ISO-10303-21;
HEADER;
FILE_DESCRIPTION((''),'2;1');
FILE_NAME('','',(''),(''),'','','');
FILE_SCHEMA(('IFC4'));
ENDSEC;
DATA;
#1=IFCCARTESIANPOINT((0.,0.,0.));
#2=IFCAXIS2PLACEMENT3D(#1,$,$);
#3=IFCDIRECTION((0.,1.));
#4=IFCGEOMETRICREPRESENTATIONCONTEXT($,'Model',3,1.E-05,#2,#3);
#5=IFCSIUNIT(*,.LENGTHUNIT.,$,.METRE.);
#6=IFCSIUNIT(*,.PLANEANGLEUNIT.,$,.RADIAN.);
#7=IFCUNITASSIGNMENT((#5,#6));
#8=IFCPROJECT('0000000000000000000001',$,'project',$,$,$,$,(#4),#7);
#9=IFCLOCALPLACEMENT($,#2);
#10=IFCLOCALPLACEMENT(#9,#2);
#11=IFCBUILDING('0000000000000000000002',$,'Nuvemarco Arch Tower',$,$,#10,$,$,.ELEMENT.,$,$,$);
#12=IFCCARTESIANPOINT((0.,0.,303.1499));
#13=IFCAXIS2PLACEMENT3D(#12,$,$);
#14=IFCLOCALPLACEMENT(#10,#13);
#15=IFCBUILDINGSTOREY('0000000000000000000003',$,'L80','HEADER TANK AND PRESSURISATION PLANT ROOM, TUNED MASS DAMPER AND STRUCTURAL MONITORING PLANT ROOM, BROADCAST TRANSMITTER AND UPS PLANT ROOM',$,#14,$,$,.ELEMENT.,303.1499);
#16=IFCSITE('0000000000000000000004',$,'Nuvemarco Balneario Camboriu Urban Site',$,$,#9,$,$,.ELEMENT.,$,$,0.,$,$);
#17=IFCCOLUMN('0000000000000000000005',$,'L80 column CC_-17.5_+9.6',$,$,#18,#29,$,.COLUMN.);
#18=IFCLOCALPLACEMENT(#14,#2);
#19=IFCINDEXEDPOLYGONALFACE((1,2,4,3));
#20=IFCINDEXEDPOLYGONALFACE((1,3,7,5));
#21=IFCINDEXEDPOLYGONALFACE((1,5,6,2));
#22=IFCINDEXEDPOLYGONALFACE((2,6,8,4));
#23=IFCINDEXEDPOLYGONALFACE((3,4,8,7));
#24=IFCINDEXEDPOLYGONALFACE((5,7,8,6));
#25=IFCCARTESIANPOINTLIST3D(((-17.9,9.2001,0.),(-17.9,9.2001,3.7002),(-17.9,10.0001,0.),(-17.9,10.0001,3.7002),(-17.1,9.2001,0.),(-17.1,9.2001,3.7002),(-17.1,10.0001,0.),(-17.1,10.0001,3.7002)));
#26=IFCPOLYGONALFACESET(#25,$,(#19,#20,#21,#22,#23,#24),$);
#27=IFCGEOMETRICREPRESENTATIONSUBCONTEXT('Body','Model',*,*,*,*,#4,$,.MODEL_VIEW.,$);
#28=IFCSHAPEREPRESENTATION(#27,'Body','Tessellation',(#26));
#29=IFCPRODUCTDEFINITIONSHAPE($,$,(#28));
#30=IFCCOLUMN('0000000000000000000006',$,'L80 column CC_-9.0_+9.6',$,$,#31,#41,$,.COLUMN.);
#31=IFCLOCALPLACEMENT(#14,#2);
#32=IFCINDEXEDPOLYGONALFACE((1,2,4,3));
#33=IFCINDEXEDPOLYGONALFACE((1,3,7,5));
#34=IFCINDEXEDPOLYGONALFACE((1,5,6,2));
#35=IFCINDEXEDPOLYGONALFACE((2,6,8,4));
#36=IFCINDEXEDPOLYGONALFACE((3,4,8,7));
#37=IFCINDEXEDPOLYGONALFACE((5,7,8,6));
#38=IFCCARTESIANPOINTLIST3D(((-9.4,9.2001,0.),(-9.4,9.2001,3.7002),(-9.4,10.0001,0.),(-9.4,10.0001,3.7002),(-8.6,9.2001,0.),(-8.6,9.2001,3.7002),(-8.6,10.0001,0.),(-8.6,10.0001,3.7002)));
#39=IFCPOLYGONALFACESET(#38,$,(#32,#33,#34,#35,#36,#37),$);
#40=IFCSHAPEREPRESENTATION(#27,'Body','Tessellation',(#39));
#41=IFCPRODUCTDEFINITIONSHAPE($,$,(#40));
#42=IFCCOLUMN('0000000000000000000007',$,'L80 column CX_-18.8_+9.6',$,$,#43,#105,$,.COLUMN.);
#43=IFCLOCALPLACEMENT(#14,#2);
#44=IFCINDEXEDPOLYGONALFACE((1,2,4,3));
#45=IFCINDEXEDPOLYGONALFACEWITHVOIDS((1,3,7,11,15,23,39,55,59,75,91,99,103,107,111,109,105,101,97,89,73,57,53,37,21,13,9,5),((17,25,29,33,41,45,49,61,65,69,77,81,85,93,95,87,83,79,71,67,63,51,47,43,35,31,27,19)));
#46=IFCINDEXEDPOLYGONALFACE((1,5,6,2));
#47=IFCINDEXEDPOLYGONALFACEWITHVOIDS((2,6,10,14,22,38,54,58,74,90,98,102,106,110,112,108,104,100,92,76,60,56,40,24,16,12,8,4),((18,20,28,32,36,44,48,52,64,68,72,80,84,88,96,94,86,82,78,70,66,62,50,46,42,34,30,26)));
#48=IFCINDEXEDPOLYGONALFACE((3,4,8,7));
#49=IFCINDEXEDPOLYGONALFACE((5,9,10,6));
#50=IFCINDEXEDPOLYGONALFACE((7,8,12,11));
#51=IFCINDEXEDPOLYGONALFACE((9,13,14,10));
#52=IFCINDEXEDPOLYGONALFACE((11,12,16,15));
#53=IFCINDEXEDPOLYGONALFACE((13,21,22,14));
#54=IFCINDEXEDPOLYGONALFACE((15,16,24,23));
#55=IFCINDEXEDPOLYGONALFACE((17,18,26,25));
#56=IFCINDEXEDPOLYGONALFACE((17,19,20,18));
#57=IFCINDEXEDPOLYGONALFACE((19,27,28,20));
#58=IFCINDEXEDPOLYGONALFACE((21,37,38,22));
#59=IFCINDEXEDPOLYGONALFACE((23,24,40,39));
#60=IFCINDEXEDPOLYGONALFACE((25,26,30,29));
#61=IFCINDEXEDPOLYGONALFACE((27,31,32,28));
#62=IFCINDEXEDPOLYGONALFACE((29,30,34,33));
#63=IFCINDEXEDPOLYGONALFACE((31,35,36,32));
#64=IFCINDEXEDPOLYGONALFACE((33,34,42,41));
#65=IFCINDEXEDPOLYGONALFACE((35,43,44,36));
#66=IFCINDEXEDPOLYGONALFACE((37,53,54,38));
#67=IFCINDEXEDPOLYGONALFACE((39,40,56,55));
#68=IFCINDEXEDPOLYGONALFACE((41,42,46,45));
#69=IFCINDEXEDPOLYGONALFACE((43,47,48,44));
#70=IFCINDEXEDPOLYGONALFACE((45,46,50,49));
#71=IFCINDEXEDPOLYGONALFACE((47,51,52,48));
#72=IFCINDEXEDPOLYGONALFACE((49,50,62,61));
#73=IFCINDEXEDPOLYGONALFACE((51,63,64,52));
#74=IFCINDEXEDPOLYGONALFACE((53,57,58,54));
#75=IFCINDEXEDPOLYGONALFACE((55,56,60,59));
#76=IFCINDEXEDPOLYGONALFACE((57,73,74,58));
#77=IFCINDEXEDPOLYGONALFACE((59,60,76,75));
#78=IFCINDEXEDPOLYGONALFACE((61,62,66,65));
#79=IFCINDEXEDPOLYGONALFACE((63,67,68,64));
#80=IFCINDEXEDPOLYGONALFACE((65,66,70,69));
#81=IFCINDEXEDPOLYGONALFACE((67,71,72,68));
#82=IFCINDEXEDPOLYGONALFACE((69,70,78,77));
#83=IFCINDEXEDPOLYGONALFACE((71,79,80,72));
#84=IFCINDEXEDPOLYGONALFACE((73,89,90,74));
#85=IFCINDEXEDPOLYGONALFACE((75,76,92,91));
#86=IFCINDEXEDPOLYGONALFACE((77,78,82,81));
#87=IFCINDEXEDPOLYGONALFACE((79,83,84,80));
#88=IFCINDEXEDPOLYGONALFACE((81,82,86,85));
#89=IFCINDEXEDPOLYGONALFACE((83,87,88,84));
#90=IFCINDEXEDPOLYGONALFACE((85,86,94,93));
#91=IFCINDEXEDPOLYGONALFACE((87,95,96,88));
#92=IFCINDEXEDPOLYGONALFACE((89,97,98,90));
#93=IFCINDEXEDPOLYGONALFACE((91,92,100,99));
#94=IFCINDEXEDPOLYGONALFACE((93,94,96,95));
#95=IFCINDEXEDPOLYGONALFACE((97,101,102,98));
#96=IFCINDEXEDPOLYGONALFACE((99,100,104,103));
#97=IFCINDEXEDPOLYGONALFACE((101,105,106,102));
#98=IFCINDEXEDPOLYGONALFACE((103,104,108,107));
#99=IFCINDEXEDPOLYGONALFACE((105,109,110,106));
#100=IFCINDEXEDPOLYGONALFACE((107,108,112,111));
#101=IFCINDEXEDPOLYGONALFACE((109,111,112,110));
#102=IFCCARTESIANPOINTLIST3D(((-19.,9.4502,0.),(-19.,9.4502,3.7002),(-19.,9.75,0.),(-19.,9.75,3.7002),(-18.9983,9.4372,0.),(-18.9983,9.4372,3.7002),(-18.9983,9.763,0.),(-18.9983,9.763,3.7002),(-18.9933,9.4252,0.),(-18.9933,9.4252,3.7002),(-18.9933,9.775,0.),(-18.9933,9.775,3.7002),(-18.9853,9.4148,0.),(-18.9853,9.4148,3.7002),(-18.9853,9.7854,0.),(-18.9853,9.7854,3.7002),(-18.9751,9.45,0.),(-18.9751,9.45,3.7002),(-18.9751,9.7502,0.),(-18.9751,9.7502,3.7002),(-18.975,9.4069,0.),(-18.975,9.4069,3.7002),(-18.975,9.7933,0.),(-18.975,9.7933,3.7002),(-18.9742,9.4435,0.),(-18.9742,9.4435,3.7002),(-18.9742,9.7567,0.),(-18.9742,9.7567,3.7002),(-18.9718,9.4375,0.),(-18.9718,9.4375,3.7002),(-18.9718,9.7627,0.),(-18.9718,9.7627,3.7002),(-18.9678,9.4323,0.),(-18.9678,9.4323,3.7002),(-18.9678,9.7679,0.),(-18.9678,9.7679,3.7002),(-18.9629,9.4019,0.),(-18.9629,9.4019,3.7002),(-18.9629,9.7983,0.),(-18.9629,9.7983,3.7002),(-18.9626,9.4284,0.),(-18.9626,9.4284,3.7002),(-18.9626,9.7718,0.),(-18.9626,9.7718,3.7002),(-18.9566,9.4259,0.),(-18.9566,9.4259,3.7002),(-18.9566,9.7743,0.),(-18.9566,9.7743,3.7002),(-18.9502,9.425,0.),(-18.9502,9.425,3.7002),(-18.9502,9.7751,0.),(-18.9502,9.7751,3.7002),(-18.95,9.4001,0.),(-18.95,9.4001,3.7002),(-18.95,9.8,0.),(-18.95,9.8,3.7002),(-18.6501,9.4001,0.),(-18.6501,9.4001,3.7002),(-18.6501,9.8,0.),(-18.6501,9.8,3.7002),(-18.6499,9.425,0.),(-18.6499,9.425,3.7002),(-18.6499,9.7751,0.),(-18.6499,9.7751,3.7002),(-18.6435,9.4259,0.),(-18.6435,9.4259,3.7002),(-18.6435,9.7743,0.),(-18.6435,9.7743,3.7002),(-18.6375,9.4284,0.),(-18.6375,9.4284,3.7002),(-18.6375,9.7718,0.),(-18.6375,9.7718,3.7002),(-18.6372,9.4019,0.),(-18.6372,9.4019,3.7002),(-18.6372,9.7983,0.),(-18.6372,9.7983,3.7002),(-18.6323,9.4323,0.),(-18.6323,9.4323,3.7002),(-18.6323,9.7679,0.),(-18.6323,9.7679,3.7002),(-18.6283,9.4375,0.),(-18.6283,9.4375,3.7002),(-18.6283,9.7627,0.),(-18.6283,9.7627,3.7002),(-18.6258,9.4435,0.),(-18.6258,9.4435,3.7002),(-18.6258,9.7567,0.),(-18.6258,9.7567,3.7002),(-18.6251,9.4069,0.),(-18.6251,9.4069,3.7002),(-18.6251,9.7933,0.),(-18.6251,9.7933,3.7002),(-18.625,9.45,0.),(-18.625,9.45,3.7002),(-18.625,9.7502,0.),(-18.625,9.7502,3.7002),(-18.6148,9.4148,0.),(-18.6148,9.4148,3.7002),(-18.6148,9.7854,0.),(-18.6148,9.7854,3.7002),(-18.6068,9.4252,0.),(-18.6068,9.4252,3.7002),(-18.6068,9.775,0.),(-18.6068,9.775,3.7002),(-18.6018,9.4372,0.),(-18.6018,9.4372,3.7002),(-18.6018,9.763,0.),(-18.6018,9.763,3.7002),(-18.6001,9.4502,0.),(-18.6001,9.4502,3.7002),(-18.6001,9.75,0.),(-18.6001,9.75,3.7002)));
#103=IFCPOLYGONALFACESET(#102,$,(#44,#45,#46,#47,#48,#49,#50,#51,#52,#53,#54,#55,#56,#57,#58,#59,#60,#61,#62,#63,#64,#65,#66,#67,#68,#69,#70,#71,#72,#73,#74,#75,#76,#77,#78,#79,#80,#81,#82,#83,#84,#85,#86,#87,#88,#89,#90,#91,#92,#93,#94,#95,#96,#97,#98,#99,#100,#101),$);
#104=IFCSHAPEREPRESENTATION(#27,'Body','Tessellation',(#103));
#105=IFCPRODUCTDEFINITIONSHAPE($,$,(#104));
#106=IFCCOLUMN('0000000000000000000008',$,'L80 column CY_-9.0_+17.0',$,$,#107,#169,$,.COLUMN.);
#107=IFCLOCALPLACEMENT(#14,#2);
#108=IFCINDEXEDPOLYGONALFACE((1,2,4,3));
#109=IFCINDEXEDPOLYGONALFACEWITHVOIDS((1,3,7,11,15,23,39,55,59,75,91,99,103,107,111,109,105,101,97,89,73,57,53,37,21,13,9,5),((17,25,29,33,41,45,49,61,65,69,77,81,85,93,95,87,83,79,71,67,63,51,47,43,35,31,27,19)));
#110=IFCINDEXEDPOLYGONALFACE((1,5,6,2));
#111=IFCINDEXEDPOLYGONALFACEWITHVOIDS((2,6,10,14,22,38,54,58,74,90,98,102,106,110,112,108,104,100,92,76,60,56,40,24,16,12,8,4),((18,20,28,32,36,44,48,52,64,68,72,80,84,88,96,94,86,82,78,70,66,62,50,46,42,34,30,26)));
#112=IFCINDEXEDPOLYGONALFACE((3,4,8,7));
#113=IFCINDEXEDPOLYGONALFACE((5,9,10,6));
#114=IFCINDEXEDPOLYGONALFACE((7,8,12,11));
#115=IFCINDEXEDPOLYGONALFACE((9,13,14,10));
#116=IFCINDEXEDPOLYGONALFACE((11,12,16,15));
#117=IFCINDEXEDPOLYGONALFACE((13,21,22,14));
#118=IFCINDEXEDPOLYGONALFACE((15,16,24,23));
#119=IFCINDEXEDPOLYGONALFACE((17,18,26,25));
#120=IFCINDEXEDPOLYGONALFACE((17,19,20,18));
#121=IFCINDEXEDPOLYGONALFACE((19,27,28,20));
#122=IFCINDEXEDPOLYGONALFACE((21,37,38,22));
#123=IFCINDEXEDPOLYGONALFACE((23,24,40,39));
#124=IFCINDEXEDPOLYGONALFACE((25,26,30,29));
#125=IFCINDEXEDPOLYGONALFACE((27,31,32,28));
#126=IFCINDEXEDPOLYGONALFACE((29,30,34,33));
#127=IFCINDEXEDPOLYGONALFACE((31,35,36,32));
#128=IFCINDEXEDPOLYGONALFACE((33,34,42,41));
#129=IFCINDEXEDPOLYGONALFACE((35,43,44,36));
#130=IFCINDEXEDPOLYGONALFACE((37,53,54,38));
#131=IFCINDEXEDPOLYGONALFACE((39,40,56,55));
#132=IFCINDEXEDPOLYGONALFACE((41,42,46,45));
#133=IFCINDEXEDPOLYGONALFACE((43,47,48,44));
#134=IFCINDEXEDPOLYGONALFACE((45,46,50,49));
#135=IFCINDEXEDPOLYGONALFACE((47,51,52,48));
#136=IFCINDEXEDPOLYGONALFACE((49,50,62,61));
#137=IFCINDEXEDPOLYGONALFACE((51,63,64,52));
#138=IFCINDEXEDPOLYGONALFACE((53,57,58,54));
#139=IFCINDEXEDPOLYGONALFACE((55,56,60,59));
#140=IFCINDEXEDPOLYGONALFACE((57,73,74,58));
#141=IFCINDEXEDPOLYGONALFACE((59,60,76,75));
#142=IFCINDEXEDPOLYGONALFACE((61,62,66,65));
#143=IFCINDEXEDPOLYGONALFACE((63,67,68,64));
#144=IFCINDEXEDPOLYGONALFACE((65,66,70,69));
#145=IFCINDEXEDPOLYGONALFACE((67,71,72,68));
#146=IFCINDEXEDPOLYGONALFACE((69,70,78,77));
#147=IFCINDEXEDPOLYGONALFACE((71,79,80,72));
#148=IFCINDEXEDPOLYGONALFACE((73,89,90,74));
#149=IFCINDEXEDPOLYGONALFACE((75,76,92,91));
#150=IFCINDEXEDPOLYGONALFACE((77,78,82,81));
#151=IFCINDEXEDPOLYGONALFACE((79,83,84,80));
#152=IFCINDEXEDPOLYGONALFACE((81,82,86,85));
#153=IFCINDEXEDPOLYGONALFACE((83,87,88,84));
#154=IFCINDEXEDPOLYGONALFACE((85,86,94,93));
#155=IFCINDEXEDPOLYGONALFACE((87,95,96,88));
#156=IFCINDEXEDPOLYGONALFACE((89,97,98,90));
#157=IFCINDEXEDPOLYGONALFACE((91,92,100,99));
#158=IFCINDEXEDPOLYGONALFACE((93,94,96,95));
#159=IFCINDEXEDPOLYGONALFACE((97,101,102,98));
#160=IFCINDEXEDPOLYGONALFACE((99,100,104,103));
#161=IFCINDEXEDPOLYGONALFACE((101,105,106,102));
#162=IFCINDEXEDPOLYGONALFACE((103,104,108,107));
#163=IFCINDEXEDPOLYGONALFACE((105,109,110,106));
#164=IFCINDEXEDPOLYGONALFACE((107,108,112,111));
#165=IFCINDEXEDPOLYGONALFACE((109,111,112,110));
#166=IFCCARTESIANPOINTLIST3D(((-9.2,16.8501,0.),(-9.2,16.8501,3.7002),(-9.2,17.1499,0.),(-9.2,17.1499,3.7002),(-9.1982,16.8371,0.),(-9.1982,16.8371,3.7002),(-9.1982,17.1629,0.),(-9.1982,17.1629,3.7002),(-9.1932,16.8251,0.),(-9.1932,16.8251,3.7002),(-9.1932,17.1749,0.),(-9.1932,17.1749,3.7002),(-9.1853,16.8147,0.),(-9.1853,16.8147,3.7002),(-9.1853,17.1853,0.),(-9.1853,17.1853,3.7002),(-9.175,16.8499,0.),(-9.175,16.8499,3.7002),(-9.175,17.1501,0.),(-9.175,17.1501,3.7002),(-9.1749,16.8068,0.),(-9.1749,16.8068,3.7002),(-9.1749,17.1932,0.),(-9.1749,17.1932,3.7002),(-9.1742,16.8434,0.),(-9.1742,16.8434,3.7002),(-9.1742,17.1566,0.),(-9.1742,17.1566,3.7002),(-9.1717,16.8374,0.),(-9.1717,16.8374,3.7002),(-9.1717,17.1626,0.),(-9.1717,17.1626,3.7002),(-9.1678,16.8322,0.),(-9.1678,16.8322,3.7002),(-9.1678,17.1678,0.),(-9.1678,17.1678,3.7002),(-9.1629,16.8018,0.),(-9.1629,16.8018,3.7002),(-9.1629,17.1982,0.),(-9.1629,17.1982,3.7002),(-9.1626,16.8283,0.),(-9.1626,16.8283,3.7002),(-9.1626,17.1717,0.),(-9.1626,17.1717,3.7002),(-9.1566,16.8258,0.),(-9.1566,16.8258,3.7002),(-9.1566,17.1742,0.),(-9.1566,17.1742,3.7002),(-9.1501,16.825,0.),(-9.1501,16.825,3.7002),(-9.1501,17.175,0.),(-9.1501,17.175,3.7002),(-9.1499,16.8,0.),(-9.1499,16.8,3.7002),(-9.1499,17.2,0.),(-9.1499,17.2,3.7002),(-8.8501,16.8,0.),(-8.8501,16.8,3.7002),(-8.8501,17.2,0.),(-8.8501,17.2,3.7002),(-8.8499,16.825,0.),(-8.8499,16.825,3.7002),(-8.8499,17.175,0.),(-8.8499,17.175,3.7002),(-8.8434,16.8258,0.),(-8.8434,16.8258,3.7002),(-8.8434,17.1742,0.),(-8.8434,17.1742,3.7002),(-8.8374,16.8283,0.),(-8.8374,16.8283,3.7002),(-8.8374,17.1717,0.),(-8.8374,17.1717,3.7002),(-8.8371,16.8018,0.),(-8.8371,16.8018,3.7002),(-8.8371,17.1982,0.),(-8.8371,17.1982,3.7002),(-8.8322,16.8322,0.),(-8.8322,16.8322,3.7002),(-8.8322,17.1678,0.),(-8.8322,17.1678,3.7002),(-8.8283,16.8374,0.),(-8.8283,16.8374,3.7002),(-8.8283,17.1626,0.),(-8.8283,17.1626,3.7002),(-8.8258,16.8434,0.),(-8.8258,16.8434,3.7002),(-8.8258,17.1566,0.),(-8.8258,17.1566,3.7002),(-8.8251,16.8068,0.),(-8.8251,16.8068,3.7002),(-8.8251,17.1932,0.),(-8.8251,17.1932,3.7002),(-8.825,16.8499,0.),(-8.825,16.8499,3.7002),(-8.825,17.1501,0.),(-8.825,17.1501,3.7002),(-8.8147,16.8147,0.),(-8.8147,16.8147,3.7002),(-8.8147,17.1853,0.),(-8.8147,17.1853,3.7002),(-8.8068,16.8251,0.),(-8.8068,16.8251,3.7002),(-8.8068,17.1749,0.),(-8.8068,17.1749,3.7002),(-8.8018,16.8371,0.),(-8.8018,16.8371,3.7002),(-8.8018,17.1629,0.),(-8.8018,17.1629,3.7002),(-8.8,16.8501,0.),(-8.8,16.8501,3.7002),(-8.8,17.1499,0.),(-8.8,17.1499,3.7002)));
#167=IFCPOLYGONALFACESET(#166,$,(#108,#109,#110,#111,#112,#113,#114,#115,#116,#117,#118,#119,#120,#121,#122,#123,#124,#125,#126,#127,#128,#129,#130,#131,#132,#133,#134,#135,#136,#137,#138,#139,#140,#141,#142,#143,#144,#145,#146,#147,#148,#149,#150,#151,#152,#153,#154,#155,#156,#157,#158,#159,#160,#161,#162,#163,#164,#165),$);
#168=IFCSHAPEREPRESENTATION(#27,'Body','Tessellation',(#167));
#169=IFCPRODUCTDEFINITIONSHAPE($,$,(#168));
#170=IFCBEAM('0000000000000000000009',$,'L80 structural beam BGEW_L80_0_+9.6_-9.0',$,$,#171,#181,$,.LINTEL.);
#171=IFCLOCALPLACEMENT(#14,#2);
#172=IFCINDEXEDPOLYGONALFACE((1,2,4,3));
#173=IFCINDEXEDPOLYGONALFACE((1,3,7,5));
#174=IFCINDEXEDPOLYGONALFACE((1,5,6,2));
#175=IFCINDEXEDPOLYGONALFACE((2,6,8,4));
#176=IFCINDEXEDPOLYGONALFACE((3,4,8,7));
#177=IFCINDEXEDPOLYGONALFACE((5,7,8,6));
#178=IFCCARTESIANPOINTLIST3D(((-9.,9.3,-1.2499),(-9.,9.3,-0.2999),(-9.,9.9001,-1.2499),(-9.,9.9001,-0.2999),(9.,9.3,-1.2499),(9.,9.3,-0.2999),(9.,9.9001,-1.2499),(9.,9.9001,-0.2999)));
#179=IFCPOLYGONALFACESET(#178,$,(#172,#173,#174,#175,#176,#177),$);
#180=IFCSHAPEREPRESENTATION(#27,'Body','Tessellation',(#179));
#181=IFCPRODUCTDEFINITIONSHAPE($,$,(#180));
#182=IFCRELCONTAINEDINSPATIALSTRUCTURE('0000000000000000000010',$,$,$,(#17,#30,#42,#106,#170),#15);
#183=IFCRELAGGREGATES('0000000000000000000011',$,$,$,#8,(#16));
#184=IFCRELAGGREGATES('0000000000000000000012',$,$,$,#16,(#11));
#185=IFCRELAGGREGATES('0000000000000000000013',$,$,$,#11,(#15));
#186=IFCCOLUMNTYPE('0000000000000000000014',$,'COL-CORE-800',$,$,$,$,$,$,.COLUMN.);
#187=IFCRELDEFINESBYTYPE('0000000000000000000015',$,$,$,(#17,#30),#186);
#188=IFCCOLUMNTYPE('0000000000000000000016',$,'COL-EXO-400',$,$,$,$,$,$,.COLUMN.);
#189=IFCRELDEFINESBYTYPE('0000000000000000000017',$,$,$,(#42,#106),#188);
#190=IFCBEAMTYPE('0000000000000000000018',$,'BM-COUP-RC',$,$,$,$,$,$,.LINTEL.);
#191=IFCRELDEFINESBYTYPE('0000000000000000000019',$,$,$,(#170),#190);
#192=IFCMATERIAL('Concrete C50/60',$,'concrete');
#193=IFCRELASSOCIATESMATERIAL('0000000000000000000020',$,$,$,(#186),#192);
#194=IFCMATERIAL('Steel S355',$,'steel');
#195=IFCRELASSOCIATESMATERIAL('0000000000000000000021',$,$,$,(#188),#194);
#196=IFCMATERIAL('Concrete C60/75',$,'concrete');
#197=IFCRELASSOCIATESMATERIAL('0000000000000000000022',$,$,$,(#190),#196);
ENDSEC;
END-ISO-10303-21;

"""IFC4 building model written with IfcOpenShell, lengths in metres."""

from ifc_helpers import new_model, si_unit, direction, frame, origin, origin_2d, place, context, subcontext, project, spatial, rectangle, hollow_rectangle, extrude, material, material_profile, profile_set, type_object, element, save


model = new_model("IFC4")

# Units and contexts
model_context = context("Model", 3, precision=1e-05, world=origin(), true_north=direction((0.0, 1.0)))
body_context = subcontext(model_context, "Body", "Model", "MODEL_VIEW")
ifc_project = project(units=[si_unit("LENGTHUNIT", "METRE"), si_unit("PLANEANGLEUNIT", "RADIAN")], contexts=[model_context])

# Site, building, storey
site_placement = place(None, origin())
site = spatial("IfcSite", under=ifc_project, at=site_placement, Name="Nuvemarco Balneario Camboriu Urban Site", CompositionType="ELEMENT", RefElevation=0.0)
building_placement = place(site_placement, origin())
building = spatial("IfcBuilding", under=site, at=building_placement, Name="Nuvemarco Arch Tower", CompositionType="ELEMENT")
storey_placement = place(building_placement, frame((0.0, 0.0, 303.1499)))
storey = spatial("IfcBuildingStorey", under=building, at=storey_placement, Name="L80", Description="HEADER TANK AND PRESSURISATION PLANT ROOM, TUNED MASS DAMPER AND STRUCTURAL MONITORING PLANT ROOM, BROADCAST TRANSMITTER AND UPS PLANT ROOM", CompositionType="ELEMENT", Elevation=303.1499)

# Columns
ifc_material_1 = material(Name="Concrete C50/60", Category="concrete")
ifc_material_profile_1 = material_profile(ifc_material_1, rectangle(XDim=0.8, YDim=0.8, at=origin_2d()), Name="RC-COL-800x800")
ifc_profile_set_1 = profile_set([ifc_material_profile_1], Name="Concrete C50/60")
column_type_1 = type_object("IfcColumnType", Name="COL-CORE-800", PredefinedType="COLUMN", material=ifc_profile_set_1)
for number, where, z_axis, x_axis, name in (
    (1, (-17.5, 9.6001, 0.0), (0.0, 0.0, 1.0), (1.0, 0.0, 0.0), "L80 column CC_-17.5_+9.6"),
    (2, (-9.0, 9.6001, 0.0), (0.0, 0.0, 1.0), (1.0, 0.0, 0.0), "L80 column CC_-9.0_+9.6"),
):
    element("IfcColumn", number, at=place(storey_placement, frame(where, z_axis=z_axis, x_axis=x_axis)), inside=storey, type_object=column_type_1, Name=name, PredefinedType="COLUMN", context=body_context, shape_type="SweptSolid", body=[
        extrude(rectangle(XDim=0.8, YDim=0.8, at=origin_2d()), origin(), (0.0, 0.0, 1.0), 3.7002),
    ])
ifc_material_2 = material(Name="Steel S355", Category="steel")
ifc_material_profile_2 = material_profile(ifc_material_2, hollow_rectangle(XDim=0.3999, YDim=0.3999, WallThickness=0.0249, InnerFilletRadius=0.0249, OuterFilletRadius=0.05, at=origin_2d()), Name="SHS400x400x25")
ifc_profile_set_2 = profile_set([ifc_material_profile_2], Name="Steel S355")
column_type_2 = type_object("IfcColumnType", Name="COL-EXO-400", PredefinedType="COLUMN", material=ifc_profile_set_2)
for number, where, z_axis, x_axis, name in (
    (3, (-18.8, 9.6001, 0.0), (0.0, 0.0, 1.0), (1.0, 0.0, 0.0), "L80 column CX_-18.8_+9.6"),
    (4, (-9.0, 17.0, 0.0), (0.0, 0.0, 1.0), (1.0, 0.0, 0.0), "L80 column CY_-9.0_+17.0"),
):
    element("IfcColumn", number, at=place(storey_placement, frame(where, z_axis=z_axis, x_axis=x_axis)), inside=storey, type_object=column_type_2, Name=name, PredefinedType="COLUMN", context=body_context, shape_type="SweptSolid", body=[
        extrude(hollow_rectangle(XDim=0.3999, YDim=0.3999, WallThickness=0.0249, InnerFilletRadius=0.0249, OuterFilletRadius=0.05, at=origin_2d()), origin(), (0.0, 0.0, 1.0), 3.7002),
    ])

# Beam
ifc_material_3 = material(Name="Concrete C60/75", Category="concrete")
ifc_material_profile_3 = material_profile(ifc_material_3, rectangle(XDim=0.6001, YDim=0.95, at=origin_2d()), Name="RC-BM-600x950")
ifc_profile_set_3 = profile_set([ifc_material_profile_3], Name="Concrete C60/75")
beam_type_1 = type_object("IfcBeamType", Name="BM-COUP-RC", PredefinedType="LINTEL", material=ifc_profile_set_3)
beam_1_placement = place(storey_placement, frame((-9.0, 9.6001, -0.7749), z_axis=(1.0, 0.0, 0.0), x_axis=(0.0, 1.0, 0.0)))
element("IfcBeam", 5, at=beam_1_placement, inside=storey, type_object=beam_type_1, Name="L80 structural beam BGEW_L80_0_+9.6_-9.0", PredefinedType="LINTEL", context=body_context, shape_type="SweptSolid", body=[
    extrude(rectangle(XDim=0.6001, YDim=0.95, at=origin_2d()), origin(), (0.0, 0.0, 1.0), 18.0),
])

save(model, "model.ifc")
